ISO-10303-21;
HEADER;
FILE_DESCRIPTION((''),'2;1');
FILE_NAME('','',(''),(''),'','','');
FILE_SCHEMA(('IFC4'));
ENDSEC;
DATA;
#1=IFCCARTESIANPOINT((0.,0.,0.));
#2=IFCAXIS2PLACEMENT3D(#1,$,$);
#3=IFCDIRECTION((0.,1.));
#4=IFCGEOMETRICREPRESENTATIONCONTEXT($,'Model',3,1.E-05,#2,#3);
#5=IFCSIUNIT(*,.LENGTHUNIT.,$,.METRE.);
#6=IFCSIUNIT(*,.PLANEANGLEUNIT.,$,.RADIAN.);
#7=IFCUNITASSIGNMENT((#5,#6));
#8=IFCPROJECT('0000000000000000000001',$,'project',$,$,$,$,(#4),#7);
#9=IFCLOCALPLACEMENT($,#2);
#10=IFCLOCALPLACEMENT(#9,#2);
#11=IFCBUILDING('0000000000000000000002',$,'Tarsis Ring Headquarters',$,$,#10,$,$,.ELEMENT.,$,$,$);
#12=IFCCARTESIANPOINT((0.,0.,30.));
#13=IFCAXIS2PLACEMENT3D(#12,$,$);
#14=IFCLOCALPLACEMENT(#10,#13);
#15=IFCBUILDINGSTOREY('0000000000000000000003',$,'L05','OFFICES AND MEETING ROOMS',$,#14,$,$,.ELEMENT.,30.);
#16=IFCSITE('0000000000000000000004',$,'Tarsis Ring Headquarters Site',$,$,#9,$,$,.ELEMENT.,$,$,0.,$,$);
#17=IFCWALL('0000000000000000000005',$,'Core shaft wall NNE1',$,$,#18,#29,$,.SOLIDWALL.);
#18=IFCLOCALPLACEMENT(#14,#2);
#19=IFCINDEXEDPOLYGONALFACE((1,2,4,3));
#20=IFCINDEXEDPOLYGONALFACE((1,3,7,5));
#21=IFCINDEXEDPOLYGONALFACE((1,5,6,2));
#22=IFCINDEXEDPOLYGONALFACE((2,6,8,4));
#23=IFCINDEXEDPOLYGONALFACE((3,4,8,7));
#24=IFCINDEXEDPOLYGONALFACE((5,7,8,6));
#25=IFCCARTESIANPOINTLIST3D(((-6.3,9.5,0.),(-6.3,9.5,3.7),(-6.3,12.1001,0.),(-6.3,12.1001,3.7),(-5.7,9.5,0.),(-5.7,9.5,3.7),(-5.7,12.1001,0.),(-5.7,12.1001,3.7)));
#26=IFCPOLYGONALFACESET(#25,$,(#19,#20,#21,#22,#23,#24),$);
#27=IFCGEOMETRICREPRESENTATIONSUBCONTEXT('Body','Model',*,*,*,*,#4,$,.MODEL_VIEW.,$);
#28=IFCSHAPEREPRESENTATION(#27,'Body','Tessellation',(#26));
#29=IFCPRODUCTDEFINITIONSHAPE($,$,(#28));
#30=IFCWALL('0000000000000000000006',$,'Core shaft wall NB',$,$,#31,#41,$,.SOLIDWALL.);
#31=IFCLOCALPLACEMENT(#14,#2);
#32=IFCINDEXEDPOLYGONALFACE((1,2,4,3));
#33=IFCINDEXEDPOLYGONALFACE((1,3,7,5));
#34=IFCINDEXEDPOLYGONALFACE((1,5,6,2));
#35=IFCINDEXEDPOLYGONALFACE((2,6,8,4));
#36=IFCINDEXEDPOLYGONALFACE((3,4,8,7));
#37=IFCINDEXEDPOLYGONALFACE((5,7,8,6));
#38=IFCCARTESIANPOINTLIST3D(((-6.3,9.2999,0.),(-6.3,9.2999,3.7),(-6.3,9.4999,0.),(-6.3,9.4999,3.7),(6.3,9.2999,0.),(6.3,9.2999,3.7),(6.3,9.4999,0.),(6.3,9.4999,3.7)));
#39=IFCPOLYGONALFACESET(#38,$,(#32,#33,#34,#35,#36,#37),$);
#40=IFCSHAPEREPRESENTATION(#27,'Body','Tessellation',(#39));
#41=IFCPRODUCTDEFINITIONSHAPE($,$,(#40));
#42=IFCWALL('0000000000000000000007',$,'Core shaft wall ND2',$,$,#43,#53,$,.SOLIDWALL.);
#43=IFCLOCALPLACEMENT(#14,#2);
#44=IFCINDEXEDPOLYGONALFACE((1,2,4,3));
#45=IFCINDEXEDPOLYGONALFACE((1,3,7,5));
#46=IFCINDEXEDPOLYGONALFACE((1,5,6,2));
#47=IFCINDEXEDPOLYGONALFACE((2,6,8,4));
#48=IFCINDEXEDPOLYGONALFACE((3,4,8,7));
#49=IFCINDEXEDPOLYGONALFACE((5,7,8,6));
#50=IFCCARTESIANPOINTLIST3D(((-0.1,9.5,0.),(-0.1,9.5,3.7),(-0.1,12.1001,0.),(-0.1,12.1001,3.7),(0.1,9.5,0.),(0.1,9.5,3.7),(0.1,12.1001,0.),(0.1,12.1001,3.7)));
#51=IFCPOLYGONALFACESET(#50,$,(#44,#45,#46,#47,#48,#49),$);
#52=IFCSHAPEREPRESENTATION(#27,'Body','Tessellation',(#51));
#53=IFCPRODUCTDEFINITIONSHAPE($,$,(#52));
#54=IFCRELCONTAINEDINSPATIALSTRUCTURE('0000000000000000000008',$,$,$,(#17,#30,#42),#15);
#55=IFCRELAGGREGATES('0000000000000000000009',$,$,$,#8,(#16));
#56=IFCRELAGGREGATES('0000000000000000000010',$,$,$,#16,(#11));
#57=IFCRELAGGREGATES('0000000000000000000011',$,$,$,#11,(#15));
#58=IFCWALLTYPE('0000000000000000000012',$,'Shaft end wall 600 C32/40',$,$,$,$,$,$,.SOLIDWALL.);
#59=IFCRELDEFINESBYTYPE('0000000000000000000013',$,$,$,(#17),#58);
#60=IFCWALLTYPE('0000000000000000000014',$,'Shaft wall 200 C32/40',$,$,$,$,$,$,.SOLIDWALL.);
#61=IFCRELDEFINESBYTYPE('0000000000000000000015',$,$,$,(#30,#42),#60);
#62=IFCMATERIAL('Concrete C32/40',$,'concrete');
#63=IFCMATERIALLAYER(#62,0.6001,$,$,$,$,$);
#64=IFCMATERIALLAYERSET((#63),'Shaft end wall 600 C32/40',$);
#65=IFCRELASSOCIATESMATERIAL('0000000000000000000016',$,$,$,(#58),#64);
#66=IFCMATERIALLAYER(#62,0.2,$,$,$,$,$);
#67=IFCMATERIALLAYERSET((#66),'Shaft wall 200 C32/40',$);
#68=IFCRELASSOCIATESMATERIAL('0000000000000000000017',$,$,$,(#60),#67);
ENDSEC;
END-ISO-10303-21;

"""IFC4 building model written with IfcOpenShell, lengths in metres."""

from ifc_helpers import new_model, si_unit, direction, frame, frame_2d, origin, place, context, subcontext, project, spatial, rectangle, extrude, material, layer, layer_set, type_object, element, save


model = new_model("IFC4")

# Units and contexts
model_context = context("Model", 3, precision=1e-05, world=origin(), true_north=direction((0.0, 1.0)))
body_context = subcontext(model_context, "Body", "Model", "MODEL_VIEW")
ifc_project = project(units=[si_unit("LENGTHUNIT", "METRE"), si_unit("PLANEANGLEUNIT", "RADIAN")], contexts=[model_context])

# Site, building, storey
site_placement = place(None, origin())
site = spatial("IfcSite", under=ifc_project, at=site_placement, Name="Tarsis Ring Headquarters Site", CompositionType="ELEMENT", RefElevation=0.0)
building_placement = place(site_placement, origin())
building = spatial("IfcBuilding", under=site, at=building_placement, Name="Tarsis Ring Headquarters", CompositionType="ELEMENT")
storey_placement = place(building_placement, frame((0.0, 0.0, 30.0)))
storey = spatial("IfcBuildingStorey", under=building, at=storey_placement, Name="L05", Description="OFFICES AND MEETING ROOMS", CompositionType="ELEMENT", Elevation=30.0)

# Walls
ifc_material_1 = material(Name="Concrete C32/40", Category="concrete")
ifc_layer_1 = layer(ifc_material_1, 0.6001)
ifc_layer_set_1 = layer_set([ifc_layer_1], Name="Shaft end wall 600 C32/40")
wall_type_1 = type_object("IfcWallType", Name="Shaft end wall 600 C32/40", PredefinedType="SOLIDWALL", material=ifc_layer_set_1)
wall_1_placement = place(storey_placement, frame((-6.0, 9.5, 0.0), z_axis=(0.0, 0.0, 1.0), x_axis=(0.0, 1.0, 0.0)))
element("IfcWall", 1, at=wall_1_placement, inside=storey, type_object=wall_type_1, Name="Core shaft wall NNE1", PredefinedType="SOLIDWALL", context=body_context, shape_type="SweptSolid", body=[
    extrude(rectangle(XDim=2.6001, YDim=0.6001, at=frame_2d((1.3, 0.0))), origin(), (0.0, 0.0, 1.0), 3.7),
])
ifc_layer_2 = layer(ifc_material_1, 0.2)
ifc_layer_set_2 = layer_set([ifc_layer_2], Name="Shaft wall 200 C32/40")
wall_type_2 = type_object("IfcWallType", Name="Shaft wall 200 C32/40", PredefinedType="SOLIDWALL", material=ifc_layer_set_2)
wall_2_placement = place(storey_placement, frame((-6.3, 9.3999, 0.0), z_axis=(0.0, 0.0, 1.0), x_axis=(1.0, 0.0, 0.0)))
element("IfcWall", 2, at=wall_2_placement, inside=storey, type_object=wall_type_2, Name="Core shaft wall NB", PredefinedType="SOLIDWALL", context=body_context, shape_type="SweptSolid", body=[
    extrude(rectangle(XDim=12.6001, YDim=0.2, at=frame_2d((6.3, 0.0))), origin(), (0.0, 0.0, 1.0), 3.7),
])
wall_3_placement = place(storey_placement, frame((0.0, 9.5, 0.0), z_axis=(0.0, 0.0, 1.0), x_axis=(0.0, 1.0, 0.0)))
element("IfcWall", 3, at=wall_3_placement, inside=storey, type_object=wall_type_2, Name="Core shaft wall ND2", PredefinedType="SOLIDWALL", context=body_context, shape_type="SweptSolid", body=[
    extrude(rectangle(XDim=2.6001, YDim=0.2, at=frame_2d((1.3, 0.0))), origin(), (0.0, 0.0, 1.0), 3.7),
])

save(model, "model.ifc")
